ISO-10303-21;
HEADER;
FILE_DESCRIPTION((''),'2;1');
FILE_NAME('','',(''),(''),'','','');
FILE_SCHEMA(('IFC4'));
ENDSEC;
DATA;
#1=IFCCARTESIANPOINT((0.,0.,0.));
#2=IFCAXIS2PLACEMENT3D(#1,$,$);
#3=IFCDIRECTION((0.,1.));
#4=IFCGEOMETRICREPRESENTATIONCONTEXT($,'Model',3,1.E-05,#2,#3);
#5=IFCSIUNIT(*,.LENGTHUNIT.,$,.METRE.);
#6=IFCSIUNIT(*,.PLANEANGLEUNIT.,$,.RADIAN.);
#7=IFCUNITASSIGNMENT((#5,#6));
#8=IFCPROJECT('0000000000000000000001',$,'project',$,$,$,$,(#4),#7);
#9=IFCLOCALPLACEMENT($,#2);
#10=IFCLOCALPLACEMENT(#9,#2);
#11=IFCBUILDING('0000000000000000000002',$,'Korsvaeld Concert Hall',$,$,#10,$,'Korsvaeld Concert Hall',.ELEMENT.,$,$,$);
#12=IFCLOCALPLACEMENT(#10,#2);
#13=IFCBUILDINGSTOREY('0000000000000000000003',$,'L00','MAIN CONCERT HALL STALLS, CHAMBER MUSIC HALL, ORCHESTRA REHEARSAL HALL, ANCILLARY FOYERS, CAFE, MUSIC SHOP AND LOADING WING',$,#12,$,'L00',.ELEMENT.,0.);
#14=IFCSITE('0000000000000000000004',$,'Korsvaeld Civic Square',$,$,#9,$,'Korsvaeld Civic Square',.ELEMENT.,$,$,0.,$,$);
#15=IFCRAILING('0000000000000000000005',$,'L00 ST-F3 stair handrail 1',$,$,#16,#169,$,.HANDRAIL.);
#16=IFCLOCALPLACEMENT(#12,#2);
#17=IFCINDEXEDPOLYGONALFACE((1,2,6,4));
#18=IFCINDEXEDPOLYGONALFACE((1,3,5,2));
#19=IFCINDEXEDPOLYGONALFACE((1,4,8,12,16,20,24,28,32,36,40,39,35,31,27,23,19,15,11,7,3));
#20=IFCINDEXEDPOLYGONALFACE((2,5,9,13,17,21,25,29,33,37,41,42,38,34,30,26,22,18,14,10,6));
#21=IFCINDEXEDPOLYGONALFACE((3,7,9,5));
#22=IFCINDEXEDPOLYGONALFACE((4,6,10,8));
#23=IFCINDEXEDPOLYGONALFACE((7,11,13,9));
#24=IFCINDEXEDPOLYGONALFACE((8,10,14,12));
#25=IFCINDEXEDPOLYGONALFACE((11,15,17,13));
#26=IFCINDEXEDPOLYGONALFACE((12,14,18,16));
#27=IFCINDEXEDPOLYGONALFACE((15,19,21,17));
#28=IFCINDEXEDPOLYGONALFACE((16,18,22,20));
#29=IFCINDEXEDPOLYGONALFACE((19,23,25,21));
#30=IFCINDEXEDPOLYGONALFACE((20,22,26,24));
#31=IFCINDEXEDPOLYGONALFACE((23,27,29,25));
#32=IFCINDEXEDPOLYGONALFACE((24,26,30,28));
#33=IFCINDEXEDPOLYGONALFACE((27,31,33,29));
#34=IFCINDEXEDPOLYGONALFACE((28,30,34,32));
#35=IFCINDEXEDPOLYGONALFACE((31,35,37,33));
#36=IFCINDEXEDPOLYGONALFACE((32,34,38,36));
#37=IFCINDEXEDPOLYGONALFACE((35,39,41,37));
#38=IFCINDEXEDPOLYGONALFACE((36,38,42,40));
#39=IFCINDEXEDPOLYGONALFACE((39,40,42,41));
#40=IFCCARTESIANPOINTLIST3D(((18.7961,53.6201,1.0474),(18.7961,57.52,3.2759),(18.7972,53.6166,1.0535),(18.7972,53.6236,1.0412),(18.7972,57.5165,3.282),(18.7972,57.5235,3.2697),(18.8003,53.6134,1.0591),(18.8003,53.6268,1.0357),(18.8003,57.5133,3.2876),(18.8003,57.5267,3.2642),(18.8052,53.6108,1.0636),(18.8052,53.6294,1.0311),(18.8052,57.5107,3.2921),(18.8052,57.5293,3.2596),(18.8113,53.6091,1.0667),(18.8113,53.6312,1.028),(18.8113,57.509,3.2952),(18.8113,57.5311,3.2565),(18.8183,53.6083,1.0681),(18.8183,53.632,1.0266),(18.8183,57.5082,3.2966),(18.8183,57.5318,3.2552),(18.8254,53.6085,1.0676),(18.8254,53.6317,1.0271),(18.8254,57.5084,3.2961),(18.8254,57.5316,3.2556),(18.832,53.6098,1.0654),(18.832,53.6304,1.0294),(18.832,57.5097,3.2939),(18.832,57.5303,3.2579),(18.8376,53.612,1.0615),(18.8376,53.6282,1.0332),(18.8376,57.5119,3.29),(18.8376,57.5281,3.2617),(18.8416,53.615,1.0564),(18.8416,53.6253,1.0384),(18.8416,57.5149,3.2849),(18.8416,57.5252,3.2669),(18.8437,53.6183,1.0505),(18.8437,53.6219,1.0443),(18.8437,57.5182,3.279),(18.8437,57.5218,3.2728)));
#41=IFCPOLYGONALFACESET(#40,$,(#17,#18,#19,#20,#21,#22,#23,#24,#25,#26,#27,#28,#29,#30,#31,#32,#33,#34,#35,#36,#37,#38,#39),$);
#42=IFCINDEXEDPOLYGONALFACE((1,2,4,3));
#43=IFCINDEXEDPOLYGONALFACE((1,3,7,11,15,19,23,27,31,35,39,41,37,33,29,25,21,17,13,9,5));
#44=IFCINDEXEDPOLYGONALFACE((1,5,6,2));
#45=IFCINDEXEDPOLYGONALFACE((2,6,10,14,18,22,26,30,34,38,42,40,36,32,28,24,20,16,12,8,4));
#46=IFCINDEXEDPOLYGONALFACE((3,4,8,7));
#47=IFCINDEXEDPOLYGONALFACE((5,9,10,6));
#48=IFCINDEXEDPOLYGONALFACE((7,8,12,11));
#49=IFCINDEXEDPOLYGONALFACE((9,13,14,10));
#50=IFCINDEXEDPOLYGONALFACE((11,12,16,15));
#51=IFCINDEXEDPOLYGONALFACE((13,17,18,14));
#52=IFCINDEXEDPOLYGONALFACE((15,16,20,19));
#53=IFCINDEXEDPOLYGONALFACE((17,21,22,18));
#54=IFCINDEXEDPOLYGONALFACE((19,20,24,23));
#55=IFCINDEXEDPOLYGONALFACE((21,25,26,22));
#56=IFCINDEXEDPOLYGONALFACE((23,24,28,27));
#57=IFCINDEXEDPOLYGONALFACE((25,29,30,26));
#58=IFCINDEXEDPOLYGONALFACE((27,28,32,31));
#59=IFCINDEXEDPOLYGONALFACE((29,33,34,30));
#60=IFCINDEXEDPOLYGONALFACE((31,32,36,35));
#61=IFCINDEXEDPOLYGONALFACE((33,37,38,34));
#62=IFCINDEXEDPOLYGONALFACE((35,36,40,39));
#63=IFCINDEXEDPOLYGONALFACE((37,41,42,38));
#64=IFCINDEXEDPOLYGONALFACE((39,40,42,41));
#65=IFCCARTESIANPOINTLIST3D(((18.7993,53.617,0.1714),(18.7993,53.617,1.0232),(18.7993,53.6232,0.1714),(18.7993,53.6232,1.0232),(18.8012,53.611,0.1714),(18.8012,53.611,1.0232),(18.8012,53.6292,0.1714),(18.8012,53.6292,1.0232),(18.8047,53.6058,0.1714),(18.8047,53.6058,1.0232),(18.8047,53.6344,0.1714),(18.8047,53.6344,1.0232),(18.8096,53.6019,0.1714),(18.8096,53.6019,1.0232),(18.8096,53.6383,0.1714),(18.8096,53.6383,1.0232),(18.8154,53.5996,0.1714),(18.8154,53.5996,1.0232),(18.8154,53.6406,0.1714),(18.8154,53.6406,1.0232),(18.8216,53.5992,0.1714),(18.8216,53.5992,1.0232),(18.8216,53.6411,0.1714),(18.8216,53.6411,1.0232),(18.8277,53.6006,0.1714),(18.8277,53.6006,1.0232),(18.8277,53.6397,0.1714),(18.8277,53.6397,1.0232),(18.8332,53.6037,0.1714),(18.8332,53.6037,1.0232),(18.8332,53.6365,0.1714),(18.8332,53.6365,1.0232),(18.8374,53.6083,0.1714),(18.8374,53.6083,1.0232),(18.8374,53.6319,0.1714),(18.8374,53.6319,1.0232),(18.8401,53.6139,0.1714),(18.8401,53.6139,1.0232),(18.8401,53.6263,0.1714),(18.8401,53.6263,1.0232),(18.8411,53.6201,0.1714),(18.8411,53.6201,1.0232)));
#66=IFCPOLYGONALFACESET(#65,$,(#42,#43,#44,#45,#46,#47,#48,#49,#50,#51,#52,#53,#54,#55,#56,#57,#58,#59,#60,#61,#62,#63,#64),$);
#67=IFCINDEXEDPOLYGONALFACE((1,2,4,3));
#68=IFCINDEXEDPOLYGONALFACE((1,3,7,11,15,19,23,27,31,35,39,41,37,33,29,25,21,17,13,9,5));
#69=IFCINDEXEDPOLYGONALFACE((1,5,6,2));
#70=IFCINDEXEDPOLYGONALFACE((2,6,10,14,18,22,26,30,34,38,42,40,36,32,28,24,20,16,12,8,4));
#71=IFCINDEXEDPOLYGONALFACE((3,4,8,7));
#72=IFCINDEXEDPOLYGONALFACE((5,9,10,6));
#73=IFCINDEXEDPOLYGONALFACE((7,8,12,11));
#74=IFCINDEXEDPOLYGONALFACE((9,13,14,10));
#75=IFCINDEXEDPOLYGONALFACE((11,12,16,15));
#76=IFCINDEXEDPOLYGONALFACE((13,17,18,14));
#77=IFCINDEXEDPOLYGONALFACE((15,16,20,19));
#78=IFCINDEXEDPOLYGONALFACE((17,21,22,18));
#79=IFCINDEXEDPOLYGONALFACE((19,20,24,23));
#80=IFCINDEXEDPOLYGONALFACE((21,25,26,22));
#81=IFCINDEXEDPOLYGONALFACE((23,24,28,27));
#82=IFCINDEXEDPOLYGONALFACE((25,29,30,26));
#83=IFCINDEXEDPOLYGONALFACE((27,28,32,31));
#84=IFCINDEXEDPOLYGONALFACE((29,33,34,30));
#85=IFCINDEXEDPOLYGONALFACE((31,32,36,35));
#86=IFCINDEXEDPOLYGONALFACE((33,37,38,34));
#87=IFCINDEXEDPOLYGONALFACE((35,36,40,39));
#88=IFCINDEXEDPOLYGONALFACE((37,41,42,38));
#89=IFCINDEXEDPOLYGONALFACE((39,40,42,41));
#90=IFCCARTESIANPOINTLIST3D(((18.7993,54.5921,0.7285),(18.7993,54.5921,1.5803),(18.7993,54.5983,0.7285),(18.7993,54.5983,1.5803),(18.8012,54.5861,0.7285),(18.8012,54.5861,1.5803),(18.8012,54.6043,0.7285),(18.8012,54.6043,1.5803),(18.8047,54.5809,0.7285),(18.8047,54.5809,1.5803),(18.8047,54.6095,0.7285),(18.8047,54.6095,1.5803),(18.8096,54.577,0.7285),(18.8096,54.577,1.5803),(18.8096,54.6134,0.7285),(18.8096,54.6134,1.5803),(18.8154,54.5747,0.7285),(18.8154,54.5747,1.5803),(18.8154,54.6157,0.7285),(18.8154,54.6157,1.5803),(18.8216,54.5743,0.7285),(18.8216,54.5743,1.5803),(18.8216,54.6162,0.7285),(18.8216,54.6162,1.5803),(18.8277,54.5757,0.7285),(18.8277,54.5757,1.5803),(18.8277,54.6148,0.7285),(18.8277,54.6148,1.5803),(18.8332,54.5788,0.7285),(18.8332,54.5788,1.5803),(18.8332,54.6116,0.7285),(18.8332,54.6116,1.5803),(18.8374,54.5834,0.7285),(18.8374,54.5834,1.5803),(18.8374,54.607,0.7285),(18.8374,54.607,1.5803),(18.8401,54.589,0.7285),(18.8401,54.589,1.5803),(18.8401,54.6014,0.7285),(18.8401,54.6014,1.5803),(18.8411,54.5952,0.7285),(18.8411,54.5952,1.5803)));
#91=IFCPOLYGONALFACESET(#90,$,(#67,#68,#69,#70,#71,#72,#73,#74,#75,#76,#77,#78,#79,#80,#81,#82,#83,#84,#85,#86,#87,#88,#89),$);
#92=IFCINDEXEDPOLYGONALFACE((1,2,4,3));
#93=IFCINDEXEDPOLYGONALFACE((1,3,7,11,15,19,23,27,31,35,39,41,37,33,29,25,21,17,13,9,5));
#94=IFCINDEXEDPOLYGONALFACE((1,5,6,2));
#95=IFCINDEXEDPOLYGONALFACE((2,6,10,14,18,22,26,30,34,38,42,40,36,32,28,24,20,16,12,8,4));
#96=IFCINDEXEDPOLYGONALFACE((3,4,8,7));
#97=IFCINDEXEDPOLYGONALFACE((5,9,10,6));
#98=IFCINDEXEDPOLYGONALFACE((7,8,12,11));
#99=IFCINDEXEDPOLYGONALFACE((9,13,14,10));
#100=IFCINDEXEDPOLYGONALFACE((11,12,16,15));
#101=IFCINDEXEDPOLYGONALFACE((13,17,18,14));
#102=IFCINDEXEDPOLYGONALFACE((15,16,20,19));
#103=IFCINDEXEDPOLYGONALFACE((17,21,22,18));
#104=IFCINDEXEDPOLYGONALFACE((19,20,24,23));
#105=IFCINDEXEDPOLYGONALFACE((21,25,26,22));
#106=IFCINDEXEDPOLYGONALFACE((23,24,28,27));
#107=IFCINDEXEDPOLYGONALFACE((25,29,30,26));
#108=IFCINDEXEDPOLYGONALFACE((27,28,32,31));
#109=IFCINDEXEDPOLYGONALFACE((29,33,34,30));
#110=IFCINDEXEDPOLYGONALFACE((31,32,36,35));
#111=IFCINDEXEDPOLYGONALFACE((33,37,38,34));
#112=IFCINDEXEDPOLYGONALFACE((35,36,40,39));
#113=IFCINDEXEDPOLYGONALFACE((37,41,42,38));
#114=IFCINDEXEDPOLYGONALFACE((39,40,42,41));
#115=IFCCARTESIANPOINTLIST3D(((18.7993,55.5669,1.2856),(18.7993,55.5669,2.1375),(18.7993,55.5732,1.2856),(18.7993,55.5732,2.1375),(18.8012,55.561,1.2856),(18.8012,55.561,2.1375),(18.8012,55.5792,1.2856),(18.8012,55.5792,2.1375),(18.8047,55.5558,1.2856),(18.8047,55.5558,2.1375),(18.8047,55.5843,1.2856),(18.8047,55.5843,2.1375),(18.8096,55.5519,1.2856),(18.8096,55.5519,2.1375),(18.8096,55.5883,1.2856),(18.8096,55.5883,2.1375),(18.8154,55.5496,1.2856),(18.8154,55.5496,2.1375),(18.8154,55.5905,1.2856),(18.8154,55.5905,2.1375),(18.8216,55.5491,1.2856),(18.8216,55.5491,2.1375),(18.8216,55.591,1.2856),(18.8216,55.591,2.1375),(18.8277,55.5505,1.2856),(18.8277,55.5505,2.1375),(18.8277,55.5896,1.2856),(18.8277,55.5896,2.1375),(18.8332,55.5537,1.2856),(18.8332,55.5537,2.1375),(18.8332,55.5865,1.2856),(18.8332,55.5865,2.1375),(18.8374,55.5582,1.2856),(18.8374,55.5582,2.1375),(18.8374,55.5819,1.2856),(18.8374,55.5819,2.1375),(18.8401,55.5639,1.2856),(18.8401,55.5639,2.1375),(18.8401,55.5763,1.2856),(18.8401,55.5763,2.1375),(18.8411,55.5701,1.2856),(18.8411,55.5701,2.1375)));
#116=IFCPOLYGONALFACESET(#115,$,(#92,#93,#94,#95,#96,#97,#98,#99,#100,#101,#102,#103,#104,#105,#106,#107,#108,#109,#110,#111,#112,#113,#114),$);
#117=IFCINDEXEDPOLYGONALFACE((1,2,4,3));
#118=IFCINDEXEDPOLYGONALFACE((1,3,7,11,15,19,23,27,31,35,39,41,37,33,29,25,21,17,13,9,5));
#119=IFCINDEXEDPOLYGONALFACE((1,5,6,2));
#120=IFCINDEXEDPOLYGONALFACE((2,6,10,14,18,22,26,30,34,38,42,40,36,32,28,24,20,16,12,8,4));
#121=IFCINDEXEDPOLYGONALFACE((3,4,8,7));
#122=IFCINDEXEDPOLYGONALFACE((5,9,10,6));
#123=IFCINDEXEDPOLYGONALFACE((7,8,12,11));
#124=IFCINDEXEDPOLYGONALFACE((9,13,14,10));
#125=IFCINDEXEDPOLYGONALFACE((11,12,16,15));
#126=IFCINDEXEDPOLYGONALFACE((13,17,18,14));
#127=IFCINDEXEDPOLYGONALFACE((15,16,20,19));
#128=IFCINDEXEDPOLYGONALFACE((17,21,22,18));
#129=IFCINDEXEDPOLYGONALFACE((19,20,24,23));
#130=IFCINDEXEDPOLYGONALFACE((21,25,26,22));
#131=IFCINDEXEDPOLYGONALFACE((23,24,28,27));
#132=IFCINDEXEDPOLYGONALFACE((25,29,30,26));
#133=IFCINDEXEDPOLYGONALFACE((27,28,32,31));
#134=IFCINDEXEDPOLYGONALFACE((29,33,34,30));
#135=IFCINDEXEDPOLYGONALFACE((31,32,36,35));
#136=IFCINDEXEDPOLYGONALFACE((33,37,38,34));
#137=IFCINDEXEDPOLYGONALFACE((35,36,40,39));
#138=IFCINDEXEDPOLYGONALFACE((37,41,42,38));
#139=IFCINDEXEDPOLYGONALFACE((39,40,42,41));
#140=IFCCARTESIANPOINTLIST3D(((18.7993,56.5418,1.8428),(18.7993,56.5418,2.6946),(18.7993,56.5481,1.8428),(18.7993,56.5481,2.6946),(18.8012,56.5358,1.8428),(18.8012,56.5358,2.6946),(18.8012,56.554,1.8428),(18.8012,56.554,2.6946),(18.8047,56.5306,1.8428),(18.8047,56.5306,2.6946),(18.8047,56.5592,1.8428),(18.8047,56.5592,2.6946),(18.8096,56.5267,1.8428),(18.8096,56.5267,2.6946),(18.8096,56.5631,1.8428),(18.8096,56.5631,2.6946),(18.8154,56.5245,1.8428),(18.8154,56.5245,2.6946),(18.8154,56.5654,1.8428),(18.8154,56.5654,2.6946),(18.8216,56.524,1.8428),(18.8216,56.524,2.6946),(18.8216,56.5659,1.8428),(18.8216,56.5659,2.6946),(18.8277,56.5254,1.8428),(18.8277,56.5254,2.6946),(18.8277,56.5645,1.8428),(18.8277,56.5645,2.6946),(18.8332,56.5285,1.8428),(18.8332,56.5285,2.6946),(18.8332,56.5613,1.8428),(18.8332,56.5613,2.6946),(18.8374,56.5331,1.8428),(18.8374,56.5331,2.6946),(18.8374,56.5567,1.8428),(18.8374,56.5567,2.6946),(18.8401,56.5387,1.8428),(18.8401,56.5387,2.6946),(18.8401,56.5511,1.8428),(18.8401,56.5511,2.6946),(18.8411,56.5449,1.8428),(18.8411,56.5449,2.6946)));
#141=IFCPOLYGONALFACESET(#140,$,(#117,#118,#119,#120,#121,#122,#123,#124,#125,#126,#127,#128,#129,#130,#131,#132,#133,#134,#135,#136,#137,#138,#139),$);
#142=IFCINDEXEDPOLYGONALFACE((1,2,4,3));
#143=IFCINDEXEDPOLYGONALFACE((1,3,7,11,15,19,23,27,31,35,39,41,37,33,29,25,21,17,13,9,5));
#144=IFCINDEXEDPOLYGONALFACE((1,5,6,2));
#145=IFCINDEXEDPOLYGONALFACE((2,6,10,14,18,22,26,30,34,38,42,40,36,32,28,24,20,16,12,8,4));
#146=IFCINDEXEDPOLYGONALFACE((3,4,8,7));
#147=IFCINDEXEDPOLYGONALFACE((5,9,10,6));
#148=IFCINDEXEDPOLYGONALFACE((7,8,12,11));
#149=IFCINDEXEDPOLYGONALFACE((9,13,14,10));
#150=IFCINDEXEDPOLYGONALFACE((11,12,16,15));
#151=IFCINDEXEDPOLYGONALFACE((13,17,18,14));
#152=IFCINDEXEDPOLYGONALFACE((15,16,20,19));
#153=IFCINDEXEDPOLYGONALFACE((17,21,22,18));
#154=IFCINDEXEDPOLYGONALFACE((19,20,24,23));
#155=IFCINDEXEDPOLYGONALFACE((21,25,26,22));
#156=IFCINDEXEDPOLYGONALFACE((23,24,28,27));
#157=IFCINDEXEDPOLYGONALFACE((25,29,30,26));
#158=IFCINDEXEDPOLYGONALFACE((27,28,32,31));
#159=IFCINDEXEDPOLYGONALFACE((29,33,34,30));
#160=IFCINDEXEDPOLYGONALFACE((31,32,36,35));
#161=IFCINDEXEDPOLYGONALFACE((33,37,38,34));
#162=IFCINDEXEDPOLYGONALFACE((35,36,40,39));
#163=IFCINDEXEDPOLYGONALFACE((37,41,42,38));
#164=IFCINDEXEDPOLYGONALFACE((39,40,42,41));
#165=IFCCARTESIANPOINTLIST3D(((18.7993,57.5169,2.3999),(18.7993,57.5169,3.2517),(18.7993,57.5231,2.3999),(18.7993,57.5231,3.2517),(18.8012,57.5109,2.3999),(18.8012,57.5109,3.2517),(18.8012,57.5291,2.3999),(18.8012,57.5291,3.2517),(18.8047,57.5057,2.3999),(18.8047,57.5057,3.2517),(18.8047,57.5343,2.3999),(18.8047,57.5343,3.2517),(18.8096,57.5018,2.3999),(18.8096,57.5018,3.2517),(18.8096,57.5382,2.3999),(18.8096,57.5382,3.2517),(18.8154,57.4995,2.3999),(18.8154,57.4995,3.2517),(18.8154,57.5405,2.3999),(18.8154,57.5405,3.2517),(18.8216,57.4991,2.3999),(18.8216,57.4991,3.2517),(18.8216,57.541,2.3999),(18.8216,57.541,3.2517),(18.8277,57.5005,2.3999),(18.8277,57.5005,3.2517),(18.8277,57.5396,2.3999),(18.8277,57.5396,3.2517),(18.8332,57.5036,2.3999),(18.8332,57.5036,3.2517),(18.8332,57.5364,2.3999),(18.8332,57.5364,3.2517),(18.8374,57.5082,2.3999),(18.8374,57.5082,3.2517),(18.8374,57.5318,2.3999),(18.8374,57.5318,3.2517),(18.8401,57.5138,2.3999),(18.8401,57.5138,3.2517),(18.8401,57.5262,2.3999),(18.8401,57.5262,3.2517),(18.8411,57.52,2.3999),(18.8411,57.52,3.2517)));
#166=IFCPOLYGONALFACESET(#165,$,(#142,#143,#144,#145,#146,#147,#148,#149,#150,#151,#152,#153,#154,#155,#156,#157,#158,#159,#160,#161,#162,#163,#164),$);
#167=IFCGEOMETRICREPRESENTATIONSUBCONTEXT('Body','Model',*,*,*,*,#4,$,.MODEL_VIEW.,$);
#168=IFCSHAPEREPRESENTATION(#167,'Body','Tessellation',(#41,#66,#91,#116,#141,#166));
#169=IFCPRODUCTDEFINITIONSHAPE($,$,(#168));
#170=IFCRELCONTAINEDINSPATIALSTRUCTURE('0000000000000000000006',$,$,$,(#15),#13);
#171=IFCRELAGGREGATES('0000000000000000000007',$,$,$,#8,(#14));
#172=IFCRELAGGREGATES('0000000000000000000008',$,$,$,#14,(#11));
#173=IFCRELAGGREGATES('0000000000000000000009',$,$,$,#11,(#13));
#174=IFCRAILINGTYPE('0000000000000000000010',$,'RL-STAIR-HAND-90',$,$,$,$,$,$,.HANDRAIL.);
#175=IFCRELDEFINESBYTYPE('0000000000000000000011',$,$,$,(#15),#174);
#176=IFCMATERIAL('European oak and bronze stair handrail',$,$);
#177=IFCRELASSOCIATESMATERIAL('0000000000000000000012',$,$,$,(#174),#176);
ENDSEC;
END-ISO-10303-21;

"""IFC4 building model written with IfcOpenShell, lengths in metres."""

from ifc_helpers import new_model, si_unit, direction, frame, origin, origin_2d, place, context, subcontext, project, spatial, circle, extrude, material, type_object, element, save


model = new_model("IFC4")

# Units and contexts
model_context = context("Model", 3, precision=1e-05, world=origin(), true_north=direction((0.0, 1.0)))
body_context = subcontext(model_context, "Body", "Model", "MODEL_VIEW")
ifc_project = project(units=[si_unit("LENGTHUNIT", "METRE"), si_unit("PLANEANGLEUNIT", "RADIAN")], contexts=[model_context])

# Site, building, storey
site_placement = place(None, origin())
site = spatial("IfcSite", under=ifc_project, at=site_placement, Name="Korsvaeld Civic Square", LongName="Korsvaeld Civic Square", CompositionType="ELEMENT", RefElevation=0.0)
building_placement = place(site_placement, origin())
building = spatial("IfcBuilding", under=site, at=building_placement, Name="Korsvaeld Concert Hall", LongName="Korsvaeld Concert Hall", CompositionType="ELEMENT")
storey_placement = place(building_placement, origin())
storey = spatial("IfcBuildingStorey", under=building, at=storey_placement, Name="L00", Description="MAIN CONCERT HALL STALLS, CHAMBER MUSIC HALL, ORCHESTRA REHEARSAL HALL, ANCILLARY FOYERS, CAFE, MUSIC SHOP AND LOADING WING", LongName="L00", CompositionType="ELEMENT", Elevation=0.0)

# Railing
ifc_material_1 = material(Name="European oak and bronze stair handrail")
railing_type = type_object("IfcRailingType", Name="RL-STAIR-HAND-90", PredefinedType="HANDRAIL", material=ifc_material_1)
railing_placement = place(storey_placement, frame((18.8201, 53.6201, 0.1714)))
element("IfcRailing", 1, at=railing_placement, inside=storey, type_object=railing_type, Name="L00 ST-F3 stair handrail 1", PredefinedType="HANDRAIL", context=body_context, shape_type="SweptSolid", body=[
    extrude(circle(Radius=0.0239, at=origin_2d()), frame((0.0, 0.0, 0.876), z_axis=(0.0, 0.868243, 0.496139), x_axis=(-1.0, 0.0, 0.0)), (0.0, 0.0, 1.0), 4.4917),
    extrude(circle(Radius=0.021, at=origin_2d()), origin(), (0.0, 0.0, 1.0), 0.8518),
    extrude(circle(Radius=0.021, at=origin_2d()), frame((0.0, 0.9751, 0.5571)), (0.0, 0.0, 1.0), 0.8518),
    extrude(circle(Radius=0.021, at=origin_2d()), frame((0.0, 1.95, 1.1143)), (0.0, 0.0, 1.0), 0.8518),
    extrude(circle(Radius=0.021, at=origin_2d()), frame((0.0, 2.9248, 1.6714)), (0.0, 0.0, 1.0), 0.8518),
    extrude(circle(Radius=0.021, at=origin_2d()), frame((0.0, 3.8999, 2.2285)), (0.0, 0.0, 1.0), 0.8518),
])

save(model, "model.ifc")
